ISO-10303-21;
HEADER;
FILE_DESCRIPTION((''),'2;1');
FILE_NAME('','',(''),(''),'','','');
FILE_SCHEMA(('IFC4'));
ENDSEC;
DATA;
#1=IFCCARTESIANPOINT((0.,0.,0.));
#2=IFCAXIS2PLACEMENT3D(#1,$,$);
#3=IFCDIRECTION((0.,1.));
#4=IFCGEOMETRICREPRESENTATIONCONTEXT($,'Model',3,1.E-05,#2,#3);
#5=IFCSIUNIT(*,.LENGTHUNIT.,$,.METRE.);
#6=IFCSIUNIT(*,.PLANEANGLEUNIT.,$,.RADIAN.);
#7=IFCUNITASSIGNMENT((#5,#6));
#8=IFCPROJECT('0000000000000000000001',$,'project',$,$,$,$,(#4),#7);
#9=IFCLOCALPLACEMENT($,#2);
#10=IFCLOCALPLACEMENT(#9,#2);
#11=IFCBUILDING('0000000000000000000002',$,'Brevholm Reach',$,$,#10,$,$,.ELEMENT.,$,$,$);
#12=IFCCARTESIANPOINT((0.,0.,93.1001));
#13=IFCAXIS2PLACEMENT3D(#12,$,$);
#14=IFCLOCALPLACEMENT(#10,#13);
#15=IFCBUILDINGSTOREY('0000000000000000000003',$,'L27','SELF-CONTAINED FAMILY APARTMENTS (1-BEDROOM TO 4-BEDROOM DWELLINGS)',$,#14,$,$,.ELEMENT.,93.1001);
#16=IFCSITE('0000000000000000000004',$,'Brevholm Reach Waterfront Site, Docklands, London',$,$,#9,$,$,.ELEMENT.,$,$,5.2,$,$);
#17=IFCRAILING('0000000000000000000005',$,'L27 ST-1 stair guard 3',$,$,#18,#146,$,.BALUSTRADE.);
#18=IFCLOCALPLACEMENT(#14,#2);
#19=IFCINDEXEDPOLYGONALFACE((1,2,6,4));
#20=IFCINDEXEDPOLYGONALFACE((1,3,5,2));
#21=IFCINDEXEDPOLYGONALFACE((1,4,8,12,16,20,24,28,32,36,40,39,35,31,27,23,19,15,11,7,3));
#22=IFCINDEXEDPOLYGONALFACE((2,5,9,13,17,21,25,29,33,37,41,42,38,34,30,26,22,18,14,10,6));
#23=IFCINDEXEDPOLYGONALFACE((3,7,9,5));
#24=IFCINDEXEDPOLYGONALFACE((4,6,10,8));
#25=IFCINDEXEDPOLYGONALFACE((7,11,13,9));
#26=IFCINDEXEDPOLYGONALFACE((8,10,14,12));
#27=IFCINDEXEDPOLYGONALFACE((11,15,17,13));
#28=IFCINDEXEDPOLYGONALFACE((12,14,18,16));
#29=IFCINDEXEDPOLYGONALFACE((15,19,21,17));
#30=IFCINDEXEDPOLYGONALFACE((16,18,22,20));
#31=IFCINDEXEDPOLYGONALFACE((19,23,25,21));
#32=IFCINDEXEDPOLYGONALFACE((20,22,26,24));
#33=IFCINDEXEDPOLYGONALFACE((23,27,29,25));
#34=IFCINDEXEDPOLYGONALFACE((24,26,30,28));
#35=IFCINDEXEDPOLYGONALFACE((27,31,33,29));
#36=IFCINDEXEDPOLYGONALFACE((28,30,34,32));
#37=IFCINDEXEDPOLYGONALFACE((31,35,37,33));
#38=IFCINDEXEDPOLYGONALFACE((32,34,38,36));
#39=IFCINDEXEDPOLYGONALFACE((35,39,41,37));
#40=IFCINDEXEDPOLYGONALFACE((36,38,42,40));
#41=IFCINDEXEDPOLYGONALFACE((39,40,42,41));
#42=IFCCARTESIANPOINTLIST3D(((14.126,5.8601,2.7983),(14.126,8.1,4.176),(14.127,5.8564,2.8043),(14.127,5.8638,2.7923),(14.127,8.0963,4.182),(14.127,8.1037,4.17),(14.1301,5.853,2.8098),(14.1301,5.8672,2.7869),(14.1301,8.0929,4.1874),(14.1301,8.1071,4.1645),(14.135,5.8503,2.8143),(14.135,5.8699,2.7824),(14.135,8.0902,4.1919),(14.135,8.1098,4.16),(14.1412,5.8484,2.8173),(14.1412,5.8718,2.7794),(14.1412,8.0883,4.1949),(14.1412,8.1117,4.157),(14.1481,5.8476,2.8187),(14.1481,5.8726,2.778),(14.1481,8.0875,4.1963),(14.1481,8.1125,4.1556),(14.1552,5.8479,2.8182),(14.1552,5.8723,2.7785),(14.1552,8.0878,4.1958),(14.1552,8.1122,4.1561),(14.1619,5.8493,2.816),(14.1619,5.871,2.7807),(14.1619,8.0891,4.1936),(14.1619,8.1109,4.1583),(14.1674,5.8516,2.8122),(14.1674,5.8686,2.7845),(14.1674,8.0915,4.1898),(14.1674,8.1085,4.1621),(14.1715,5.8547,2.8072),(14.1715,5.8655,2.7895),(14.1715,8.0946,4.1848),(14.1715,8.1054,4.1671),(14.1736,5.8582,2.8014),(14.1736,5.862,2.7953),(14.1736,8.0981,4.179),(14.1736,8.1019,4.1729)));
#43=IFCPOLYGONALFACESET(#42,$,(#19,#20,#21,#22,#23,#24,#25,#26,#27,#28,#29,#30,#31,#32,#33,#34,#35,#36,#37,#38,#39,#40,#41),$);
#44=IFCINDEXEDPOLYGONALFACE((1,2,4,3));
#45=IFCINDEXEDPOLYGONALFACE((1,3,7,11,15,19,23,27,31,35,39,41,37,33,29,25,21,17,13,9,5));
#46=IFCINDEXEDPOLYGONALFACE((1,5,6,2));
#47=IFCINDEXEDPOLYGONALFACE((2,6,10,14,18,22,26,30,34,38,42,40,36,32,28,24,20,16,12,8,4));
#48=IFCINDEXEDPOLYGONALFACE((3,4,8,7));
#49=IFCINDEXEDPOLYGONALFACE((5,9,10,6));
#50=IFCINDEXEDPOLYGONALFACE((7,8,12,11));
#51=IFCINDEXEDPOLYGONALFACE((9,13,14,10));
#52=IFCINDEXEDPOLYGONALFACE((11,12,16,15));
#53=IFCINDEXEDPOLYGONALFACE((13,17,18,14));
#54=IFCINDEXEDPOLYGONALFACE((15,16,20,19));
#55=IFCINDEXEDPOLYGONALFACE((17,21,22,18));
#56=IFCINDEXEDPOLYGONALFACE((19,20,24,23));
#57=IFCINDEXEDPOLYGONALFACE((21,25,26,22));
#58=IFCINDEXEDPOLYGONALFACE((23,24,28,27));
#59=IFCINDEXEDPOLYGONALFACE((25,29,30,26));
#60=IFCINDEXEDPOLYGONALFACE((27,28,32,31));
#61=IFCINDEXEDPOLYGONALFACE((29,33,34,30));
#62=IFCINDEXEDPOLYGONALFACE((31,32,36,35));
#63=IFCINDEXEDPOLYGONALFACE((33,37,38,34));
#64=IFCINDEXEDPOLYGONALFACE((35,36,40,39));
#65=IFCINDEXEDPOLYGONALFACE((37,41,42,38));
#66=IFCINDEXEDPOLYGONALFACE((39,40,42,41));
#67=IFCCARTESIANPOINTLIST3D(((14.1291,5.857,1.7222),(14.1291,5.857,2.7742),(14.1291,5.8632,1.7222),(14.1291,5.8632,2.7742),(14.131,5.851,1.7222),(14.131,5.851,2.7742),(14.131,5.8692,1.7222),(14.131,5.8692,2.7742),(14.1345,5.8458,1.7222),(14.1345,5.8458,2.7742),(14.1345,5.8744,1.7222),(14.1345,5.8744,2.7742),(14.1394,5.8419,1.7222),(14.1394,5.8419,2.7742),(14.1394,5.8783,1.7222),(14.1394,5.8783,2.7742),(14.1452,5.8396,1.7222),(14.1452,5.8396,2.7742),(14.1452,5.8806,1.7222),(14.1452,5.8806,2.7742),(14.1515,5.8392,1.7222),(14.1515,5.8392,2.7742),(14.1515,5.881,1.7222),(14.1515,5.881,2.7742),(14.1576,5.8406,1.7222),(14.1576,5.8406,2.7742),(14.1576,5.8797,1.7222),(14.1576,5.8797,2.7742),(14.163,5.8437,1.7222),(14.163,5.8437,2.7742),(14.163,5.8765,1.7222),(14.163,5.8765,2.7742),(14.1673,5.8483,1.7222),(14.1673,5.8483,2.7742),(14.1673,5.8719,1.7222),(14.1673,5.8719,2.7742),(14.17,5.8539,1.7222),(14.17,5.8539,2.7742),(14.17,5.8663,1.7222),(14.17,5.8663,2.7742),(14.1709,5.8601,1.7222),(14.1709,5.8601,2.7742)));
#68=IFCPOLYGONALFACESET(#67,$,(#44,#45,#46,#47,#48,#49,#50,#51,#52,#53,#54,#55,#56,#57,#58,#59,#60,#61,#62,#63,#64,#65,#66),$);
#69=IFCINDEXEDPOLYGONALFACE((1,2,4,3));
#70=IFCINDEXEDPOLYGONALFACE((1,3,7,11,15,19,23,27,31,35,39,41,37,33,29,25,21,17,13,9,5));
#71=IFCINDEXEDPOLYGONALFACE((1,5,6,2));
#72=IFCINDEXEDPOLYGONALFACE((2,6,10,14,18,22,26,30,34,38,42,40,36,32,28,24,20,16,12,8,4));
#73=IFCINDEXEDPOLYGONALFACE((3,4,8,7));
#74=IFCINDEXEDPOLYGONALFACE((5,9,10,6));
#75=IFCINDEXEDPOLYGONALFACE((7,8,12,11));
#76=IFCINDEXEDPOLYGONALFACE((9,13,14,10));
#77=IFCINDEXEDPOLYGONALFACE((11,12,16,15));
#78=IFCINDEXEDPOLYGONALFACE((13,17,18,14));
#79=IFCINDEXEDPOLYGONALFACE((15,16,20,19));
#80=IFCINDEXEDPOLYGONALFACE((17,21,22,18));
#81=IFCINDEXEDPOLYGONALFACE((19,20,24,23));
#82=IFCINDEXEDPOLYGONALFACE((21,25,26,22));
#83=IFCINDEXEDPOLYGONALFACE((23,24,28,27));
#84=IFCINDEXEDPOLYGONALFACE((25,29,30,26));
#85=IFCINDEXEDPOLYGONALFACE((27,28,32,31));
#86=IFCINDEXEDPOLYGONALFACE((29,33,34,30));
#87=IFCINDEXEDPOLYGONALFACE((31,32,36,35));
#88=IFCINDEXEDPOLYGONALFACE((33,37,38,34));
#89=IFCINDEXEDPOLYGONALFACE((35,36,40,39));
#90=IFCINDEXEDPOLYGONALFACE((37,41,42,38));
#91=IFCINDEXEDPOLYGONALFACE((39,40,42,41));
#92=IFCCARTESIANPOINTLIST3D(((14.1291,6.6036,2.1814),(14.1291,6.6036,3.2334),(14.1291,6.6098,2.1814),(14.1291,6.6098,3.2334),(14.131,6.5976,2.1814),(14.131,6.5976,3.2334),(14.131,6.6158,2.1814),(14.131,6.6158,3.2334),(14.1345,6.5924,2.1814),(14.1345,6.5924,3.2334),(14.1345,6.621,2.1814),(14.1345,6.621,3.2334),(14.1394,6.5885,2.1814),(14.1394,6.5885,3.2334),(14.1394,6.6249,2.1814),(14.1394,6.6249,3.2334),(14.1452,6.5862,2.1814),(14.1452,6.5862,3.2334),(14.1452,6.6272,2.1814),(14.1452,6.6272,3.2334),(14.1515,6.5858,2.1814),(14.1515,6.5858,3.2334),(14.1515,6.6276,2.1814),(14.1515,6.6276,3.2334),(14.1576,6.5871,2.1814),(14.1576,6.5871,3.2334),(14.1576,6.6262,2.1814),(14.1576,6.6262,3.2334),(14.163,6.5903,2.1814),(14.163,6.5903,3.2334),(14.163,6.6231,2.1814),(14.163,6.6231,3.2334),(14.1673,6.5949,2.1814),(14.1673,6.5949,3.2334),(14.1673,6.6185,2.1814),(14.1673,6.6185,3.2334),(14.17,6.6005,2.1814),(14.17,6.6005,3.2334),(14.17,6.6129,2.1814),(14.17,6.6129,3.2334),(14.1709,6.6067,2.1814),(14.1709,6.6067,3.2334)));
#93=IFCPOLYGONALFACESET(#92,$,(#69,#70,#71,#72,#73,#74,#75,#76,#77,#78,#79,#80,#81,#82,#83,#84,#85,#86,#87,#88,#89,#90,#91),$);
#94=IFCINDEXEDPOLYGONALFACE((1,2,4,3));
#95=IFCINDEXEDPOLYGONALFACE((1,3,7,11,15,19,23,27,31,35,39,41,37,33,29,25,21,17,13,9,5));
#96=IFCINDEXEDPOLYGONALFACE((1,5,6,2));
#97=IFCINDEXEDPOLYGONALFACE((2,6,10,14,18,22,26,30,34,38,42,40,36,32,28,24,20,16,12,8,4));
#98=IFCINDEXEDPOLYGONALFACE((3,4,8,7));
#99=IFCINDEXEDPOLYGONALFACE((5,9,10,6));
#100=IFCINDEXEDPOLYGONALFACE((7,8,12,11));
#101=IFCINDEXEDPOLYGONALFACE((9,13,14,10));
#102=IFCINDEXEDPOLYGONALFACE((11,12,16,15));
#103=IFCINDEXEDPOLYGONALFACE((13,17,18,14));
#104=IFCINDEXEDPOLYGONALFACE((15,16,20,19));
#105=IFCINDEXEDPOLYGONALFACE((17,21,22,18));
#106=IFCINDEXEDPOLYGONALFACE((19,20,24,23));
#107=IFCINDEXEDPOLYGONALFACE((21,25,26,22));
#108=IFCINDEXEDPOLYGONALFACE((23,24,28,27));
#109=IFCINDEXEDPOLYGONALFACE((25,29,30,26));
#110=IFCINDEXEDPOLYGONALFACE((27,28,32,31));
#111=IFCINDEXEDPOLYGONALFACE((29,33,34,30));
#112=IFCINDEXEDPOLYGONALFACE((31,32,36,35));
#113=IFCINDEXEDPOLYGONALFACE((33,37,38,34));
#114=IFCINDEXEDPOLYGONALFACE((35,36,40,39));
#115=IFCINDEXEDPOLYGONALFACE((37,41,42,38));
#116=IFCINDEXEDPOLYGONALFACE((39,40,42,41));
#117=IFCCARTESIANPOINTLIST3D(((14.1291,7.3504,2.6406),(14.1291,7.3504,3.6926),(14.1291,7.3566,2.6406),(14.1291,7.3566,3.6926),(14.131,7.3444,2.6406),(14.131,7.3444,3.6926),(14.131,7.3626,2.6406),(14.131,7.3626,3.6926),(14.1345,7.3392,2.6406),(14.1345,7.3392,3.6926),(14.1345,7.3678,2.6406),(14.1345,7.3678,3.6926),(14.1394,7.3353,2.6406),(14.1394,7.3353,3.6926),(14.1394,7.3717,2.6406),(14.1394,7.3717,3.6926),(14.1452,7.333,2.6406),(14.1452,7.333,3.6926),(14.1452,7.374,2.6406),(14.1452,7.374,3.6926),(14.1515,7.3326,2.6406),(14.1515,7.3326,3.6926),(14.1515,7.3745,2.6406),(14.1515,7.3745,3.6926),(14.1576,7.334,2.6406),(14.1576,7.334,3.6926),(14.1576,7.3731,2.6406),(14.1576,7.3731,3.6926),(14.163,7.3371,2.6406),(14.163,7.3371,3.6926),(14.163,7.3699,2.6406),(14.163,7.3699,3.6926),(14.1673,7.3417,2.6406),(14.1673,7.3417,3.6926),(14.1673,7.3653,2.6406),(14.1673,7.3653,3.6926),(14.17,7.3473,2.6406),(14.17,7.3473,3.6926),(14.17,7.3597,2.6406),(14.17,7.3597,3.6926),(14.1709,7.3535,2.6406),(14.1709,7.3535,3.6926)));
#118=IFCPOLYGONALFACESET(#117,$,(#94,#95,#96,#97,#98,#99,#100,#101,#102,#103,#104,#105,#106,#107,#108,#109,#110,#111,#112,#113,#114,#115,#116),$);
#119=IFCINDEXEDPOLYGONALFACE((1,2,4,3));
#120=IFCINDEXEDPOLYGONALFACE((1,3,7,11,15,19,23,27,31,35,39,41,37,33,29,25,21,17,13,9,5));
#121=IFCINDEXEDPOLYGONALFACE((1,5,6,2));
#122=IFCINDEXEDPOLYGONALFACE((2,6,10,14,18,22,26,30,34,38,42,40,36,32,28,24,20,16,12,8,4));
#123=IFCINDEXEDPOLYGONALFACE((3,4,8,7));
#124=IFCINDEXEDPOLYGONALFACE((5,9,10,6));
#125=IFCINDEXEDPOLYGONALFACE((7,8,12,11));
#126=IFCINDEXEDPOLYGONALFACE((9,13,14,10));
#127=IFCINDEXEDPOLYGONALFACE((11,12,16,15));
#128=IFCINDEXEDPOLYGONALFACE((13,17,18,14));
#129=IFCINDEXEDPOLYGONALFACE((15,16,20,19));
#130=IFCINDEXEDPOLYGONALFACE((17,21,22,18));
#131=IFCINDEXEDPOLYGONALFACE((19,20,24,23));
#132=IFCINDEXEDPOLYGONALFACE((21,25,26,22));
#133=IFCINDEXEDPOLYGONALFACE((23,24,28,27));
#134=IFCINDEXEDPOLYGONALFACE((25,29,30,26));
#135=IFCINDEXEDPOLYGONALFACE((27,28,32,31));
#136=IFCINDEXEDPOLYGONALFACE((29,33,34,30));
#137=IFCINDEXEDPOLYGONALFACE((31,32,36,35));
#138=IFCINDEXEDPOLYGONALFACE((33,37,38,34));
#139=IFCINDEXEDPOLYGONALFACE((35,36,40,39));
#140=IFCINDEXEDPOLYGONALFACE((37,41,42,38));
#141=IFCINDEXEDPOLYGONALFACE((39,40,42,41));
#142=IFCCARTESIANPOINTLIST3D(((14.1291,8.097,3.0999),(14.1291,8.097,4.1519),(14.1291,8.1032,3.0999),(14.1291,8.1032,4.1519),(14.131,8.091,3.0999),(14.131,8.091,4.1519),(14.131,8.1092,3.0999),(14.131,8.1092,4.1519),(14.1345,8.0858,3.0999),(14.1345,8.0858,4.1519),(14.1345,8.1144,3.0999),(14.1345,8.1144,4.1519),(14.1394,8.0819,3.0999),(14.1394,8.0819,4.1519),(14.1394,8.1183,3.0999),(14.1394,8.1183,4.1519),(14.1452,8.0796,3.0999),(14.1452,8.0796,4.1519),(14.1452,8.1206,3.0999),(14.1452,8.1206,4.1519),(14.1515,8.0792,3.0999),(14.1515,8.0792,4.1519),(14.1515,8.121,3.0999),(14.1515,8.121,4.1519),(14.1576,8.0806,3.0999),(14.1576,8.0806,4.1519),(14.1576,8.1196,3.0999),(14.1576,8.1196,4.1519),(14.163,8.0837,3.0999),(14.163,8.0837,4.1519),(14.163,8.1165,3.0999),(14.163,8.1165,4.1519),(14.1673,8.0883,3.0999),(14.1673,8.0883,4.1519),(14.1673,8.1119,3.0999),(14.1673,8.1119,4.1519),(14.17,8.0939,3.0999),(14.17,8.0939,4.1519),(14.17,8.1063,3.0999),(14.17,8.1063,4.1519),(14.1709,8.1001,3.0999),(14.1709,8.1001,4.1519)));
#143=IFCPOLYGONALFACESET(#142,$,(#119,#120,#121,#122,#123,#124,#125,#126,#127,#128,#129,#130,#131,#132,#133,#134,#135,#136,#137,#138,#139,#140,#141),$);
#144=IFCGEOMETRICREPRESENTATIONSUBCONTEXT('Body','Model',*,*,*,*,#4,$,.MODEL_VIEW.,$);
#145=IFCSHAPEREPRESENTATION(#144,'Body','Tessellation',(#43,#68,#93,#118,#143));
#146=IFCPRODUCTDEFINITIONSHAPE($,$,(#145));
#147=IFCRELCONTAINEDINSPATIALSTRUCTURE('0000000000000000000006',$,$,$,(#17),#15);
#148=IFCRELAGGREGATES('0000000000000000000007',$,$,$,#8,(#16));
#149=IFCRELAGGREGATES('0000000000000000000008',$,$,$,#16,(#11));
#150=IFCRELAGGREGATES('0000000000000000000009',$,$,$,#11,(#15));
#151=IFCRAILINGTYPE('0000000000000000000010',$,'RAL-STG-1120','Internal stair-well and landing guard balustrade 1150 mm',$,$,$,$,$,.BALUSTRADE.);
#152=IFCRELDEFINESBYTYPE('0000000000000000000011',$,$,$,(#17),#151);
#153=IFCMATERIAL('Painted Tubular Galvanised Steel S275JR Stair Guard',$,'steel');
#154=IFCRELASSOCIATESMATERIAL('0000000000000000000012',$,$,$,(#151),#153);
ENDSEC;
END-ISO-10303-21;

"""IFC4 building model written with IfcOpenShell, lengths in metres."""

from ifc_helpers import new_model, si_unit, direction, frame, origin, origin_2d, place, context, subcontext, project, spatial, circle, extrude, material, type_object, element, save


model = new_model("IFC4")

# Units and contexts
model_context = context("Model", 3, precision=1e-05, world=origin(), true_north=direction((0.0, 1.0)))
body_context = subcontext(model_context, "Body", "Model", "MODEL_VIEW")
ifc_project = project(units=[si_unit("LENGTHUNIT", "METRE"), si_unit("PLANEANGLEUNIT", "RADIAN")], contexts=[model_context])

# Site, building, storey
site_placement = place(None, origin())
site = spatial("IfcSite", under=ifc_project, at=site_placement, Name="Brevholm Reach Waterfront Site, Docklands, London", CompositionType="ELEMENT", RefElevation=5.2)
building_placement = place(site_placement, origin())
building = spatial("IfcBuilding", under=site, at=building_placement, Name="Brevholm Reach", CompositionType="ELEMENT")
storey_placement = place(building_placement, frame((0.0, 0.0, 93.1001)))
storey = spatial("IfcBuildingStorey", under=building, at=storey_placement, Name="L27", Description="SELF-CONTAINED FAMILY APARTMENTS (1-BEDROOM TO 4-BEDROOM DWELLINGS)", CompositionType="ELEMENT", Elevation=93.1001)

# Railing
ifc_material_1 = material(Name="Painted Tubular Galvanised Steel S275JR Stair Guard", Category="steel")
railing_type_1 = type_object("IfcRailingType", Name="RAL-STG-1120", Description="Internal stair-well and landing guard balustrade 1150 mm", PredefinedType="BALUSTRADE", material=ifc_material_1)
railing_1_placement = place(storey_placement, frame((14.1499, 5.8601, 1.7222)))
element("IfcRailing", 1, at=railing_1_placement, inside=storey, type_object=railing_type_1, Name="L27 ST-1 stair guard 3", PredefinedType="BALUSTRADE", context=body_context, shape_type="SweptSolid", body=[
    extrude(circle(Radius=0.0239, at=origin_2d()), frame((0.0, 0.0, 1.0762), z_axis=(0.0, 0.851789, 0.523885), x_axis=(-1.0, 0.0, 0.0)), (0.0, 0.0, 1.0), 2.6296),
    extrude(circle(Radius=0.021, at=origin_2d()), origin(), (0.0, 0.0, 1.0), 1.052),
    extrude(circle(Radius=0.021, at=origin_2d()), frame((0.0, 0.7466, 0.4592)), (0.0, 0.0, 1.0), 1.052),
    extrude(circle(Radius=0.021, at=origin_2d()), frame((0.0, 1.4934, 0.9185)), (0.0, 0.0, 1.0), 1.052),
    extrude(circle(Radius=0.021, at=origin_2d()), frame((0.0, 2.24, 1.3777)), (0.0, 0.0, 1.0), 1.052),
])

save(model, "model.ifc")
